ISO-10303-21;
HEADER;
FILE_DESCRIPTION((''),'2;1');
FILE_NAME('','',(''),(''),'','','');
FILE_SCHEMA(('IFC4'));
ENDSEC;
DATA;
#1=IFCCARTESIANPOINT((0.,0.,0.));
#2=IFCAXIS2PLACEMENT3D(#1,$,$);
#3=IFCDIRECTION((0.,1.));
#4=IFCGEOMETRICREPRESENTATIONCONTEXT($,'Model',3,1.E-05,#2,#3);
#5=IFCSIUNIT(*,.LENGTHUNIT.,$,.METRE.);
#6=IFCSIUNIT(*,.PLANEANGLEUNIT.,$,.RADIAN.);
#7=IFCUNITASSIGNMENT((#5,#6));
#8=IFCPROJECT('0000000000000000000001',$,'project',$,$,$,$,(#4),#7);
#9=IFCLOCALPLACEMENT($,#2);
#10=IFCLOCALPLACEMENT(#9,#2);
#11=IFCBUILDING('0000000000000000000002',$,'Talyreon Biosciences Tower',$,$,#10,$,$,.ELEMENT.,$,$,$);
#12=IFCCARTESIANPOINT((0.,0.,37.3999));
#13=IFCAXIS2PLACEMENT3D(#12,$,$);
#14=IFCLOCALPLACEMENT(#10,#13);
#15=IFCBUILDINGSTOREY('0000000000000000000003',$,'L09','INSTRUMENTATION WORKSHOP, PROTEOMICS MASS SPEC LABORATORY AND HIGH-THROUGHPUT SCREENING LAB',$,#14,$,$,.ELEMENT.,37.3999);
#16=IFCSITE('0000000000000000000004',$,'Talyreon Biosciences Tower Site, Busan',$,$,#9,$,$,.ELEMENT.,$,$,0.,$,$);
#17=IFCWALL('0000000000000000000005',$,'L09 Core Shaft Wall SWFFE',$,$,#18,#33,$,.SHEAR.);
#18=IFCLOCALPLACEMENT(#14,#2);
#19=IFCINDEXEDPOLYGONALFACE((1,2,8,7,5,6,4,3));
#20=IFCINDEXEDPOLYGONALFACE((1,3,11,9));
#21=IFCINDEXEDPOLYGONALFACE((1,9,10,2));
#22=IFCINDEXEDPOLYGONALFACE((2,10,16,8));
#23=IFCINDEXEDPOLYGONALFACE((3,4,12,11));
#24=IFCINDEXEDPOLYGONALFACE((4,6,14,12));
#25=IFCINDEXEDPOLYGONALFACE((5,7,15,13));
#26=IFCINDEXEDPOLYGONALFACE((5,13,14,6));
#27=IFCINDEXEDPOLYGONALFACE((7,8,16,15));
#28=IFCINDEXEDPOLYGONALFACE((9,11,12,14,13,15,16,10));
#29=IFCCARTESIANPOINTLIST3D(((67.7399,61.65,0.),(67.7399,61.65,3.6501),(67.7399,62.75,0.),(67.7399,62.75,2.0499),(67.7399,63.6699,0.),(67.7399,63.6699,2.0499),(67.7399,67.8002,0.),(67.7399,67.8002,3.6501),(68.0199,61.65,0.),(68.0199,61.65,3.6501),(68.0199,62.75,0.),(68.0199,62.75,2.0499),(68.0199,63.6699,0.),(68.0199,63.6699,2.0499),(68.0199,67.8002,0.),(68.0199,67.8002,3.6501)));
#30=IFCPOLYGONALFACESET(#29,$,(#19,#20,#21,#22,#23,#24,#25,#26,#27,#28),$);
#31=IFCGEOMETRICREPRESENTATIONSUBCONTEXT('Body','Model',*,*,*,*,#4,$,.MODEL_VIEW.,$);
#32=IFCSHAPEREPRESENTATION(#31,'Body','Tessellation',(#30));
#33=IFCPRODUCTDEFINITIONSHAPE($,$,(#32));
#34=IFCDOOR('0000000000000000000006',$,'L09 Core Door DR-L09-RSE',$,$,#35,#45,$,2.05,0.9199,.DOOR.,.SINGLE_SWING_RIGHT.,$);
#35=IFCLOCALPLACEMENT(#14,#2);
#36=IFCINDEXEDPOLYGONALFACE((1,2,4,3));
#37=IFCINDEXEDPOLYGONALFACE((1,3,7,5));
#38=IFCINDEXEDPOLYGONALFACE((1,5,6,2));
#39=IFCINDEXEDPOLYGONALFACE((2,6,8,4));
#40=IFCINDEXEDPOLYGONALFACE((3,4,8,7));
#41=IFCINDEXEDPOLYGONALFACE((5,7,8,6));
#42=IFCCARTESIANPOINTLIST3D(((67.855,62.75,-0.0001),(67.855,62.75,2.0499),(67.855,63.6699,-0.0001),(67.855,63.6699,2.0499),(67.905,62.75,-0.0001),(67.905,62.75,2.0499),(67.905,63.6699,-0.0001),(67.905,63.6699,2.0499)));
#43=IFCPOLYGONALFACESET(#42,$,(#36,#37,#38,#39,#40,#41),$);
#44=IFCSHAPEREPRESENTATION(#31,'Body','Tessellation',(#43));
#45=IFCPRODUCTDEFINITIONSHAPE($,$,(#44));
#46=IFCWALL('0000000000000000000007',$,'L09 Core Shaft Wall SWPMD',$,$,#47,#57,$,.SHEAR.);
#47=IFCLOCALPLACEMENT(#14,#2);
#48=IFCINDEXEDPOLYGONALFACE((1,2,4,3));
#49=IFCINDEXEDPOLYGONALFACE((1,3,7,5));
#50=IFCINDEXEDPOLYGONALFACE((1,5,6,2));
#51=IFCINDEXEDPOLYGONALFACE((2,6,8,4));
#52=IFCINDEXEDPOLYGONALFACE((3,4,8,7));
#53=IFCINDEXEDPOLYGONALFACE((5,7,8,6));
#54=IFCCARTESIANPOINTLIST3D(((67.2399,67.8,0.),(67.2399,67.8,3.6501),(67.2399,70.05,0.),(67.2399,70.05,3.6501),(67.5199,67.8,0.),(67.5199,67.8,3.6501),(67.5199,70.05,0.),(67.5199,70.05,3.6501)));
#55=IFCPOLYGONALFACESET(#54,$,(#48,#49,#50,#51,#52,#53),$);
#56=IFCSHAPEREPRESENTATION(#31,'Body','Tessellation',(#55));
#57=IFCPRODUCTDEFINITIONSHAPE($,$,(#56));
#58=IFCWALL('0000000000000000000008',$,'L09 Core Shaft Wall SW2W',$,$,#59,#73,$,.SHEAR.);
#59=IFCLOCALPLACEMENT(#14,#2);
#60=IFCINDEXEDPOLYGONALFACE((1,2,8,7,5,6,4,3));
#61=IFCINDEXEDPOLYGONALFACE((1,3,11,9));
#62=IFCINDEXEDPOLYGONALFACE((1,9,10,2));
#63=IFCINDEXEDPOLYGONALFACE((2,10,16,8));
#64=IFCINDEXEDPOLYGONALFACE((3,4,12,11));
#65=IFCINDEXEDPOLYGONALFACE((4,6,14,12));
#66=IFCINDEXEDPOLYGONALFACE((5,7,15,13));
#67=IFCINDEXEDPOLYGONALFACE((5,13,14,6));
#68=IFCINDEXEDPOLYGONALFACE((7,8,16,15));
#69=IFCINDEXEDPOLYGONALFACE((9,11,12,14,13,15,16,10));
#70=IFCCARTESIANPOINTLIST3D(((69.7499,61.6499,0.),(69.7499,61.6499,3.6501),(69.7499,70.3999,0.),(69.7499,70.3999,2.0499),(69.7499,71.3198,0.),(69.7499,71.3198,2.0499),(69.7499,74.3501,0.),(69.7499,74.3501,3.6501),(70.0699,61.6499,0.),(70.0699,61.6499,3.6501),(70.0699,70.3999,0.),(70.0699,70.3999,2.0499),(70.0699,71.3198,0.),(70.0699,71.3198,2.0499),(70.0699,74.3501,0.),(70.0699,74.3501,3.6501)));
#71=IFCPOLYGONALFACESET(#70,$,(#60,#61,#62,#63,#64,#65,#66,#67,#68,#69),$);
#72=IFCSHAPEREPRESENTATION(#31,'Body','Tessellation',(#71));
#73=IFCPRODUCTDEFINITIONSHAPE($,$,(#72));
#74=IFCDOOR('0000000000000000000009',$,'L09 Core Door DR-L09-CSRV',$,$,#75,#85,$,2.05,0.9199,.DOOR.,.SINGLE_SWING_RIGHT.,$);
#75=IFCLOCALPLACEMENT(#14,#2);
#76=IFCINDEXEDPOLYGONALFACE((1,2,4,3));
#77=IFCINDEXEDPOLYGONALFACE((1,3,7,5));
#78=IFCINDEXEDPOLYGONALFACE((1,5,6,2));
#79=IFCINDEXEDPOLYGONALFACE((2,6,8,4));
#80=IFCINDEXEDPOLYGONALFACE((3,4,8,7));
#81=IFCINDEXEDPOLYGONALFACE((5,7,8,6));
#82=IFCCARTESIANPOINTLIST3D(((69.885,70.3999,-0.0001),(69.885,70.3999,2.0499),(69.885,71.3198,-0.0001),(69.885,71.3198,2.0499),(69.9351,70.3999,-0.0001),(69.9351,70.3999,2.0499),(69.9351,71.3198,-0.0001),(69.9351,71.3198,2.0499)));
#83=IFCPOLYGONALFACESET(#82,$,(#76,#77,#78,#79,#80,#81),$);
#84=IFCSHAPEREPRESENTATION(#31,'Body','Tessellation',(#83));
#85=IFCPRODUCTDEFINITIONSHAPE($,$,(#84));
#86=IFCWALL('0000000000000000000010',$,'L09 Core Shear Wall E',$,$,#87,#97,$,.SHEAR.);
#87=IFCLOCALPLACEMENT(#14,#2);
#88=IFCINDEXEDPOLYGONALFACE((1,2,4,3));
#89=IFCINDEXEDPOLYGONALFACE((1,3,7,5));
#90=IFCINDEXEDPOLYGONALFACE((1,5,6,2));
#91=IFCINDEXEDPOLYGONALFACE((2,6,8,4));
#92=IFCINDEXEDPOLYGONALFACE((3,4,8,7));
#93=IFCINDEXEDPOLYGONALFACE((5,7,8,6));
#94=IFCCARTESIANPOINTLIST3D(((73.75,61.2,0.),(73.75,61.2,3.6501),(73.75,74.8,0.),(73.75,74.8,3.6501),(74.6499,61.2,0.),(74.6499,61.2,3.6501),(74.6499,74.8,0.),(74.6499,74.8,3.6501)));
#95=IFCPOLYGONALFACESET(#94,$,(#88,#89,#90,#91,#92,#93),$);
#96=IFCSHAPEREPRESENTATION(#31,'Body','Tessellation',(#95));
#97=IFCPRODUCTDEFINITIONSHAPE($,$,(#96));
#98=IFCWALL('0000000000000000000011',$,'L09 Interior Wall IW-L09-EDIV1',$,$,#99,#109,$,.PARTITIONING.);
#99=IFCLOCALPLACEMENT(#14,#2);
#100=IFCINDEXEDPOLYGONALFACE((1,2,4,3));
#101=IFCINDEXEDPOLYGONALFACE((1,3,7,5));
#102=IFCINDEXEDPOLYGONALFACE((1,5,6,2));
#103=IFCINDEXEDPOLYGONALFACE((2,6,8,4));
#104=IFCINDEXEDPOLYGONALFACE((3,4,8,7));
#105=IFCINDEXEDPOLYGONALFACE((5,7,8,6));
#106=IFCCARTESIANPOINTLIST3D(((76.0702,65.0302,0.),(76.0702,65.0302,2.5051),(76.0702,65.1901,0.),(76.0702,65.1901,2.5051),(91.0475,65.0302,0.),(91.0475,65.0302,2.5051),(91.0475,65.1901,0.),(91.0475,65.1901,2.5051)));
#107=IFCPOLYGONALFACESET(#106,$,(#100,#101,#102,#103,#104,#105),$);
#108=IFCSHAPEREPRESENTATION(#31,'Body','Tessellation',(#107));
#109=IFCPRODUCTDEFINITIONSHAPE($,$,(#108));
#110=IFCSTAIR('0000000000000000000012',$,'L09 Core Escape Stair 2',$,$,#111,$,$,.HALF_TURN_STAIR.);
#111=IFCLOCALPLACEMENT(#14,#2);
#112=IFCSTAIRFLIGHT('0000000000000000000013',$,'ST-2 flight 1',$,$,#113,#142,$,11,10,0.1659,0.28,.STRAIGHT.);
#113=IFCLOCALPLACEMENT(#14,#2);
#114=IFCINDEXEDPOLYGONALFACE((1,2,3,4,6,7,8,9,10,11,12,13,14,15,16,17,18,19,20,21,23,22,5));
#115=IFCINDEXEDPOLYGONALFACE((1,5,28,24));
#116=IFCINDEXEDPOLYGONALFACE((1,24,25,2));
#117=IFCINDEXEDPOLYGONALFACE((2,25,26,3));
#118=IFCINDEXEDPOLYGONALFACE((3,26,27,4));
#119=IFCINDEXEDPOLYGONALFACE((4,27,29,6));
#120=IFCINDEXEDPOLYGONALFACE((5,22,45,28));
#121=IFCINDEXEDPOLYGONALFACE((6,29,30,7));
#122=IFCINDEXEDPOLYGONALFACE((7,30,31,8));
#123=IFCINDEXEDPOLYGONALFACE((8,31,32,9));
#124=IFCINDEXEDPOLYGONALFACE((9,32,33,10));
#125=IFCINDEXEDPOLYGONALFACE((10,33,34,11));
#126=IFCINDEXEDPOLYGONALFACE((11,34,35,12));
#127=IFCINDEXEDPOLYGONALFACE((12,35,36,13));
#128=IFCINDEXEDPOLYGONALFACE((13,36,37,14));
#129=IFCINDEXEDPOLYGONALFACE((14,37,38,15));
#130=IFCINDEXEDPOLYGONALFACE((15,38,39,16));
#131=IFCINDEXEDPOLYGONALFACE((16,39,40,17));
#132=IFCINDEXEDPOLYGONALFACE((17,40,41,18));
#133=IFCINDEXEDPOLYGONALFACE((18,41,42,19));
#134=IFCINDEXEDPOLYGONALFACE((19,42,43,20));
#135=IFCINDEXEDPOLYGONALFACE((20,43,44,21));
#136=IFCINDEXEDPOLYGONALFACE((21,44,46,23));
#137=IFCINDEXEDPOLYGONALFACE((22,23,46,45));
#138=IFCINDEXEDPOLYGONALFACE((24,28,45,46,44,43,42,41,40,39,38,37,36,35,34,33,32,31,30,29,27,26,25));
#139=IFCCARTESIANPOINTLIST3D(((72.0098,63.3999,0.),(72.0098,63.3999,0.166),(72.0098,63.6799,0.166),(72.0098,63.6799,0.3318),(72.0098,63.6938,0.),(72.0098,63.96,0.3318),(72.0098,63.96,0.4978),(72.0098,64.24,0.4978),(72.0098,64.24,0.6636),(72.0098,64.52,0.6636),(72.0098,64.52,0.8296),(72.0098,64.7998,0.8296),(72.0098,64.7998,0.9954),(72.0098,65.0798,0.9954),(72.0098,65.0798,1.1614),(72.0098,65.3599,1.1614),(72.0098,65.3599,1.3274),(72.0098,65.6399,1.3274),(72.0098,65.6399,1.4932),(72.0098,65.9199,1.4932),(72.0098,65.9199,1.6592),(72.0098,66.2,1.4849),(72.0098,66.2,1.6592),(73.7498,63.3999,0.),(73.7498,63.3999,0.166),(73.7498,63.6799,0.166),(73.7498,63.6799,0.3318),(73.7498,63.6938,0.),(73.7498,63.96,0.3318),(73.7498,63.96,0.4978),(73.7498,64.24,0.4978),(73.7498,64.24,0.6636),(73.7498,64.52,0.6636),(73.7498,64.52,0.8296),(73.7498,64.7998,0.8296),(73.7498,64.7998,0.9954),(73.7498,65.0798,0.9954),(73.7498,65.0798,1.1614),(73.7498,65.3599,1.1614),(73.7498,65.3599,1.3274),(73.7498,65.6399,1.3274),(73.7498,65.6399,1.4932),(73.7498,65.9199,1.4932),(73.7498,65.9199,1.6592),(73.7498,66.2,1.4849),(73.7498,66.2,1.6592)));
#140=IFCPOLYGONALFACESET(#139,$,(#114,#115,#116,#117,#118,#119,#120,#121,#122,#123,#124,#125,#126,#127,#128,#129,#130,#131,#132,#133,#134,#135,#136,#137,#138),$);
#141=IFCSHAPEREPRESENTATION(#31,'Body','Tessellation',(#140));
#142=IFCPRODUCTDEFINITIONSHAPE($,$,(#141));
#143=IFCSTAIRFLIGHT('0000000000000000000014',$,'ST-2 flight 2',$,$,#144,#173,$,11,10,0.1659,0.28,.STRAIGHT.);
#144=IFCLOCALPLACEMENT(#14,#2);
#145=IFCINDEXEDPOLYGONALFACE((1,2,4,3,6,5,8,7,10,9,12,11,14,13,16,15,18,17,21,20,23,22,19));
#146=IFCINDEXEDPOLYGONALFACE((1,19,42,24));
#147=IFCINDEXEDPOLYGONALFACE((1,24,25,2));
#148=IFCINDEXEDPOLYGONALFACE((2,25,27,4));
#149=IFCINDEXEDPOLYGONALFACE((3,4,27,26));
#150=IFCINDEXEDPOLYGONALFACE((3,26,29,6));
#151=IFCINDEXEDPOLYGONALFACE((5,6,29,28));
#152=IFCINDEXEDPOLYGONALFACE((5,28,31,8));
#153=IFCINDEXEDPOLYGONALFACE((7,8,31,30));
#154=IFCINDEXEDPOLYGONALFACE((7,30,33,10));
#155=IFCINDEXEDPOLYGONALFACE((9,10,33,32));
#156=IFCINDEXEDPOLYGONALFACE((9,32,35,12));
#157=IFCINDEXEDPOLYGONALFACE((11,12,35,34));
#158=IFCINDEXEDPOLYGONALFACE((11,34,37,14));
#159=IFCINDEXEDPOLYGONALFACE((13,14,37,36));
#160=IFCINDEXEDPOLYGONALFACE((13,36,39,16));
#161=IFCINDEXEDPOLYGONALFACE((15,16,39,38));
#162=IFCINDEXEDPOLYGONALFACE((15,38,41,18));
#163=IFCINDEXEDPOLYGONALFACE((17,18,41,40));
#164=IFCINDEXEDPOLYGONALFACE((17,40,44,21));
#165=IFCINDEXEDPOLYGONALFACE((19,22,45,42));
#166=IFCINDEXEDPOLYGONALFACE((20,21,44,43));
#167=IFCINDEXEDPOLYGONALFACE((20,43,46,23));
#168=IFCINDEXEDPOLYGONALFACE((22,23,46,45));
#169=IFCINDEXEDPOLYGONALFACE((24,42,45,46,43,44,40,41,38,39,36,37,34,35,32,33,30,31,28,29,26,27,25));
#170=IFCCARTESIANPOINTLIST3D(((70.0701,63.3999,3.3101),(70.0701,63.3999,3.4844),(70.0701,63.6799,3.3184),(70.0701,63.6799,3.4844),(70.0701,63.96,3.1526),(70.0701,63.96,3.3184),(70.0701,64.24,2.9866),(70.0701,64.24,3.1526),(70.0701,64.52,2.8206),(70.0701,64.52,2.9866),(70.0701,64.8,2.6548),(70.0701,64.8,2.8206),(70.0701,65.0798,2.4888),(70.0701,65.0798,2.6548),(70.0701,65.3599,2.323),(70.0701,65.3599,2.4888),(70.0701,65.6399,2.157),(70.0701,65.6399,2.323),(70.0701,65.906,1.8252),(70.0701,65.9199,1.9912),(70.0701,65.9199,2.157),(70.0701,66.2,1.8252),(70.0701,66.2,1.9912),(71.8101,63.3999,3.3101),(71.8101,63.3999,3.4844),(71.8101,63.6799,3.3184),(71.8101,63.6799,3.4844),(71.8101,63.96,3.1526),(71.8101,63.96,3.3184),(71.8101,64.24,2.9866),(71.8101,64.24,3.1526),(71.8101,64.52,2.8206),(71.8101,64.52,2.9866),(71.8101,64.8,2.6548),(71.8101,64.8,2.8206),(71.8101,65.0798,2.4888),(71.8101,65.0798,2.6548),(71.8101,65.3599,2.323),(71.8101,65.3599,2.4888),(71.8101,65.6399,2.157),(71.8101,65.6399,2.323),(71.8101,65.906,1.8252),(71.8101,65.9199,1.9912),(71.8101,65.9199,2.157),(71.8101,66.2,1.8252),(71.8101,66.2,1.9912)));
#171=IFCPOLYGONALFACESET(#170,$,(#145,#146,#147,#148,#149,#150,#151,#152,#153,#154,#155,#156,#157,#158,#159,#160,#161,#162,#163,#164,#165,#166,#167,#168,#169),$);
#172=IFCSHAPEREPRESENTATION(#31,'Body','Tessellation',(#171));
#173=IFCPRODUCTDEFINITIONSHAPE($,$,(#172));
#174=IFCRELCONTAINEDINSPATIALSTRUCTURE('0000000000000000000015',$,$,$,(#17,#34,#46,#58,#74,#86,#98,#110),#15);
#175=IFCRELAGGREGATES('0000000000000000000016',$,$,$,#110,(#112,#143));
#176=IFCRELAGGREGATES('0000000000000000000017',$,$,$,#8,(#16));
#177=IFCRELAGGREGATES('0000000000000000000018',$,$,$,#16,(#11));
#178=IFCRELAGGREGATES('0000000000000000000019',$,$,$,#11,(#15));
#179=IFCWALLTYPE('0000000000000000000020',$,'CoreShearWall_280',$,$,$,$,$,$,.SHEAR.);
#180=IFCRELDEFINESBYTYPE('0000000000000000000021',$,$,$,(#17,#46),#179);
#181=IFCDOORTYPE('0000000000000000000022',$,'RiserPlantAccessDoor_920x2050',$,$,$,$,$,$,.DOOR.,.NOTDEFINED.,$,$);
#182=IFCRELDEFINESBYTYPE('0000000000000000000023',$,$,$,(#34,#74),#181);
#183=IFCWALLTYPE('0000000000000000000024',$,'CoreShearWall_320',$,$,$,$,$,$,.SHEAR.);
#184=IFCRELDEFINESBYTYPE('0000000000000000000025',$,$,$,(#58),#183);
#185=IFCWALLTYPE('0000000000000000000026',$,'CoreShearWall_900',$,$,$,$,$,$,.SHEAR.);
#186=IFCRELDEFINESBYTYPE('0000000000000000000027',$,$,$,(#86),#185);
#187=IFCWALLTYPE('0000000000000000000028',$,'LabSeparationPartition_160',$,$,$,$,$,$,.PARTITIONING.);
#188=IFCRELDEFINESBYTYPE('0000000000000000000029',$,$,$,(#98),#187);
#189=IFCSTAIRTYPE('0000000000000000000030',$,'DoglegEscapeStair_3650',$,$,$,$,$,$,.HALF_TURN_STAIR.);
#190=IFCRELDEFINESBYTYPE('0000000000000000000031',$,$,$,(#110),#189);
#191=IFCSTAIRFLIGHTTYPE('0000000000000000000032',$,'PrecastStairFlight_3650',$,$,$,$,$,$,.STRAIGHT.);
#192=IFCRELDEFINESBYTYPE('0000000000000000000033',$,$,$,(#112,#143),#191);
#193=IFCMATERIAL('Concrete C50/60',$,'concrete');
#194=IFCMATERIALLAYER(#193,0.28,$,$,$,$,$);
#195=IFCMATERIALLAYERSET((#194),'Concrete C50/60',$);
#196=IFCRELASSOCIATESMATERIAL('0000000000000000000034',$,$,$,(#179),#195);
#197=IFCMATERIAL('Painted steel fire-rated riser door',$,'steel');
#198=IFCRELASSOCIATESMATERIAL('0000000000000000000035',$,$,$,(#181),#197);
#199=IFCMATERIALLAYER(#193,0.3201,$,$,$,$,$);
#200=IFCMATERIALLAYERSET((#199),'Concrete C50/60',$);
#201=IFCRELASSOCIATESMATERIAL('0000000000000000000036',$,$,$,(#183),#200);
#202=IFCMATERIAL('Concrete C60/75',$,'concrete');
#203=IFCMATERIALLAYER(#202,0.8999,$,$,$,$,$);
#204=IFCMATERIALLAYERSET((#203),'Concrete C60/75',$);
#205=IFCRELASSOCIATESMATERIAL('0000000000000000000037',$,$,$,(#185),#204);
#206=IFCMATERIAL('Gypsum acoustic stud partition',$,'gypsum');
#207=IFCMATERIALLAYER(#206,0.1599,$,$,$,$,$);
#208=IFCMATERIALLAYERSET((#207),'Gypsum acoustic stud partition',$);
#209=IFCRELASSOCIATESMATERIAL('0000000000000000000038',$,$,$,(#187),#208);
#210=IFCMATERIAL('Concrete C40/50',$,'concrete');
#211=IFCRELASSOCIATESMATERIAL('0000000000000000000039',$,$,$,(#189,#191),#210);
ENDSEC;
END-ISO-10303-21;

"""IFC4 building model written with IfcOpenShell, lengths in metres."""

from ifc_helpers import new_model, si_unit, direction, frame, frame_2d, origin, place, context, subcontext, project, spatial, polyline, rectangle, outline, extrude, material, layer, layer_set, type_object, element, fill, aggregate, save


model = new_model("IFC4")

# Units and contexts
model_context = context("Model", 3, precision=1e-05, world=origin(), true_north=direction((0.0, 1.0)))
body_context = subcontext(model_context, "Body", "Model", "MODEL_VIEW")
ifc_project = project(units=[si_unit("LENGTHUNIT", "METRE"), si_unit("PLANEANGLEUNIT", "RADIAN")], contexts=[model_context])

# Site, building, storey
site_placement = place(None, origin())
site = spatial("IfcSite", under=ifc_project, at=site_placement, Name="Talyreon Biosciences Tower Site, Busan", CompositionType="ELEMENT", RefElevation=0.0)
building_placement = place(site_placement, origin())
building = spatial("IfcBuilding", under=site, at=building_placement, Name="Talyreon Biosciences Tower", CompositionType="ELEMENT")
storey_placement = place(building_placement, frame((0.0, 0.0, 37.3999)))
storey = spatial("IfcBuildingStorey", under=building, at=storey_placement, Name="L09", Description="INSTRUMENTATION WORKSHOP, PROTEOMICS MASS SPEC LABORATORY AND HIGH-THROUGHPUT SCREENING LAB", CompositionType="ELEMENT", Elevation=37.3999)

# Shared definitions
ifc_material_1 = material(Name="Concrete C60/75", Category="concrete")

# Wall, opening, door
ifc_material_2 = material(Name="Concrete C50/60", Category="concrete")
ifc_layer_1 = layer(ifc_material_2, 0.28)
ifc_layer_set_1 = layer_set([ifc_layer_1], Name="Concrete C50/60")
wall_type_1 = type_object("IfcWallType", Name="CoreShearWall_280", PredefinedType="SHEAR", material=ifc_layer_set_1)
wall_1_placement = place(storey_placement, frame((67.8799, 61.6499, 0.0), z_axis=(0.0, 0.0, 1.0), x_axis=(0.0, 1.0, 0.0)))
wall_1 = element("IfcWall", 1, at=wall_1_placement, inside=storey, type_object=wall_type_1, Name="L09 Core Shaft Wall SWFFE", PredefinedType="SHEAR", context=body_context, shape_type="SweptSolid", body=[
    extrude(rectangle(XDim=6.1501, YDim=0.28, at=frame_2d((3.0752, 0.0))), origin(), (0.0, 0.0, 1.0), 3.6501),
])
opening_1_placement = place(wall_1_placement, frame((1.1001, 0.0, 0.0)))
opening_1 = element("IfcOpeningElement", 2, at=opening_1_placement, cuts=wall_1, PredefinedType="OPENING", context=body_context, shape_type="SweptSolid", body=[
    extrude(rectangle(XDim=0.9199, YDim=2.05, at=frame_2d((0.46, 1.0249))), frame((0.0, 0.1499, 0.0), z_axis=(0.0, -1.0, 0.0), x_axis=(1.0, 0.0, 0.0)), (0.0, 0.0, 1.0), 0.3),
])
ifc_material_3 = material(Name="Painted steel fire-rated riser door", Category="steel")
door_type = type_object("IfcDoorType", Name="RiserPlantAccessDoor_920x2050", OperationType="NOTDEFINED", PredefinedType="DOOR", material=ifc_material_3)
door_1_placement = place(opening_1_placement, origin())
door_1 = element("IfcDoor", 3, at=door_1_placement, inside=storey, type_object=door_type, Name="L09 Core Door DR-L09-RSE", OperationType="SINGLE_SWING_RIGHT", OverallHeight=2.05, OverallWidth=0.9199, PredefinedType="DOOR", context=body_context, shape_type="SweptSolid", body=[
    extrude(rectangle(XDim=0.9199, YDim=2.05, at=frame_2d((0.46, 1.0249))), frame((0.0, 0.0249, 0.0), z_axis=(0.0, -1.0, 0.0), x_axis=(1.0, 0.0, 0.0)), (0.0, 0.0, 1.0), 0.05),
])
fill(opening_1, door_1)

# Wall
wall_2_placement = place(storey_placement, frame((67.3799, 67.8, 0.0), z_axis=(0.0, 0.0, 1.0), x_axis=(0.0, 1.0, 0.0)))
element("IfcWall", 4, at=wall_2_placement, inside=storey, type_object=wall_type_1, Name="L09 Core Shaft Wall SWPMD", PredefinedType="SHEAR", context=body_context, shape_type="SweptSolid", body=[
    extrude(rectangle(XDim=2.25, YDim=0.28, at=frame_2d((1.125, 0.0))), origin(), (0.0, 0.0, 1.0), 3.6501),
])

# Wall, opening, door
ifc_layer_2 = layer(ifc_material_2, 0.3201)
ifc_layer_set_2 = layer_set([ifc_layer_2], Name="Concrete C50/60")
wall_type_2 = type_object("IfcWallType", Name="CoreShearWall_320", PredefinedType="SHEAR", material=ifc_layer_set_2)
wall_3_placement = place(storey_placement, frame((69.9099, 61.6499, 0.0), z_axis=(0.0, 0.0, 1.0), x_axis=(0.0, 1.0, 0.0)))
wall_3 = element("IfcWall", 5, at=wall_3_placement, inside=storey, type_object=wall_type_2, Name="L09 Core Shaft Wall SW2W", PredefinedType="SHEAR", context=body_context, shape_type="SweptSolid", body=[
    extrude(rectangle(XDim=12.7002, YDim=0.3201, at=frame_2d((6.3501, 0.0))), origin(), (0.0, 0.0, 1.0), 3.6501),
])
opening_2_placement = place(wall_3_placement, frame((8.75, 0.0, 0.0)))
opening_2 = element("IfcOpeningElement", 6, at=opening_2_placement, cuts=wall_3, PredefinedType="OPENING", context=body_context, shape_type="SweptSolid", body=[
    extrude(rectangle(XDim=0.9199, YDim=2.05, at=frame_2d((0.46, 1.0249))), frame((0.0, 0.1699, 0.0), z_axis=(0.0, -1.0, 0.0), x_axis=(1.0, 0.0, 0.0)), (0.0, 0.0, 1.0), 0.3401),
])
door_2_placement = place(opening_2_placement, origin())
door_2 = element("IfcDoor", 7, at=door_2_placement, inside=storey, type_object=door_type, Name="L09 Core Door DR-L09-CSRV", OperationType="SINGLE_SWING_RIGHT", OverallHeight=2.05, OverallWidth=0.9199, PredefinedType="DOOR", context=body_context, shape_type="SweptSolid", body=[
    extrude(rectangle(XDim=0.9199, YDim=2.05, at=frame_2d((0.46, 1.0249))), frame((0.0, 0.0249, 0.0), z_axis=(0.0, -1.0, 0.0), x_axis=(1.0, 0.0, 0.0)), (0.0, 0.0, 1.0), 0.05),
])
fill(opening_2, door_2)

# Walls
ifc_layer_3 = layer(ifc_material_1, 0.8999)
ifc_layer_set_3 = layer_set([ifc_layer_3], Name="Concrete C60/75")
wall_type_3 = type_object("IfcWallType", Name="CoreShearWall_900", PredefinedType="SHEAR", material=ifc_layer_set_3)
wall_4_placement = place(storey_placement, frame((74.2, 61.2, 0.0), z_axis=(0.0, 0.0, 1.0), x_axis=(0.0, 1.0, 0.0)))
element("IfcWall", 8, at=wall_4_placement, inside=storey, type_object=wall_type_3, Name="L09 Core Shear Wall E", PredefinedType="SHEAR", context=body_context, shape_type="SweptSolid", body=[
    extrude(rectangle(XDim=13.6001, YDim=0.8999, at=frame_2d((6.8, 0.0))), origin(), (0.0, 0.0, 1.0), 3.6501),
])
ifc_material_4 = material(Name="Gypsum acoustic stud partition", Category="gypsum")
ifc_layer_4 = layer(ifc_material_4, 0.1599)
ifc_layer_set_4 = layer_set([ifc_layer_4], Name="Gypsum acoustic stud partition")
wall_type_4 = type_object("IfcWallType", Name="LabSeparationPartition_160", PredefinedType="PARTITIONING", material=ifc_layer_set_4)
wall_5_placement = place(storey_placement, frame((76.0701, 65.1101, 0.0), z_axis=(0.0, 0.0, 1.0), x_axis=(1.0, 0.0, 0.0)))
element("IfcWall", 9, at=wall_5_placement, inside=storey, type_object=wall_type_4, Name="L09 Interior Wall IW-L09-EDIV1", PredefinedType="PARTITIONING", context=body_context, shape_type="SweptSolid", body=[
    extrude(rectangle(XDim=14.9773, YDim=0.1599, at=frame_2d((7.4888, 0.0))), origin(), (0.0, 0.0, 1.0), 2.5051),
])

# Stair, stair flights
ifc_material_5 = material(Name="Concrete C40/50", Category="concrete")
stair_type = type_object("IfcStairType", Name="DoglegEscapeStair_3650", PredefinedType="HALF_TURN_STAIR", material=ifc_material_5)
stair_placement = place(storey_placement, origin())
stair = element("IfcStair", 10, at=stair_placement, inside=storey, type_object=stair_type, Name="L09 Core Escape Stair 2", PredefinedType="HALF_TURN_STAIR")
stair_flight_type = type_object("IfcStairFlightType", Name="PrecastStairFlight_3650", PredefinedType="STRAIGHT", material=ifc_material_5)
stair_flight_1_placement = place(storey_placement, frame((72.8799, 63.3999, 0.0), z_axis=(0.0, 0.0, 1.0), x_axis=(0.0, 1.0, 0.0)))
stair_flight_1 = element("IfcStairFlight", 11, at=stair_flight_1_placement, type_object=stair_flight_type, Name="ST-2 flight 1", NumberOfRisers=11, NumberOfTreads=10, PredefinedType="STRAIGHT", RiserHeight=0.1659, TreadLength=0.28, context=body_context, shape_type="SweptSolid", body=[
    extrude(outline(polyline([(0.0, 0.0), (0.0, 0.166), (0.28, 0.166), (0.28, 0.3318), (0.5601, 0.3318), (0.5601, 0.4978), (0.8401, 0.4978), (0.8401, 0.6636), (1.1201, 0.6636), (1.1201, 0.8296), (1.3999, 0.8296), (1.3999, 0.9954), (1.6799, 0.9954), (1.6799, 1.1614), (1.96, 1.1614), (1.96, 1.3274), (2.24, 1.3274), (2.24, 1.4932), (2.52, 1.4932), (2.52, 1.6592), (2.8, 1.6592), (2.8, 1.825), (2.8, 1.4849), (0.2939, 0.0), (0.0, 0.0)])), frame((0.0, 0.8701, 0.0), z_axis=(0.0, -1.0, 0.0), x_axis=(1.0, 0.0, 0.0)), (0.0, 0.0, 1.0), 1.74),
])
stair_flight_2_placement = place(storey_placement, frame((70.9399, 66.2, 1.8252), z_axis=(0.0, 0.0, 1.0), x_axis=(0.0, -1.0, 0.0)))
stair_flight_2 = element("IfcStairFlight", 12, at=stair_flight_2_placement, type_object=stair_flight_type, Name="ST-2 flight 2", NumberOfRisers=11, NumberOfTreads=10, PredefinedType="STRAIGHT", RiserHeight=0.1659, TreadLength=0.28, context=body_context, shape_type="SweptSolid", body=[
    extrude(outline(polyline([(0.0, 0.0), (0.0, 0.166), (0.28, 0.166), (0.28, 0.3318), (0.5601, 0.3318), (0.5601, 0.4978), (0.8401, 0.4978), (0.8401, 0.6636), (1.1201, 0.6636), (1.1201, 0.8296), (1.3999, 0.8296), (1.3999, 0.9954), (1.6799, 0.9954), (1.6799, 1.1614), (1.96, 1.1614), (1.96, 1.3274), (2.24, 1.3274), (2.24, 1.4932), (2.52, 1.4932), (2.52, 1.6592), (2.8, 1.6592), (2.8, 1.825), (2.8, 1.4849), (0.2939, 0.0), (0.0, 0.0)])), frame((0.0, 0.8701, 0.0), z_axis=(0.0, -1.0, 0.0), x_axis=(1.0, 0.0, 0.0)), (0.0, 0.0, 1.0), 1.74),
])
aggregate(stair, [stair_flight_1, stair_flight_2])

save(model, "model.ifc")
